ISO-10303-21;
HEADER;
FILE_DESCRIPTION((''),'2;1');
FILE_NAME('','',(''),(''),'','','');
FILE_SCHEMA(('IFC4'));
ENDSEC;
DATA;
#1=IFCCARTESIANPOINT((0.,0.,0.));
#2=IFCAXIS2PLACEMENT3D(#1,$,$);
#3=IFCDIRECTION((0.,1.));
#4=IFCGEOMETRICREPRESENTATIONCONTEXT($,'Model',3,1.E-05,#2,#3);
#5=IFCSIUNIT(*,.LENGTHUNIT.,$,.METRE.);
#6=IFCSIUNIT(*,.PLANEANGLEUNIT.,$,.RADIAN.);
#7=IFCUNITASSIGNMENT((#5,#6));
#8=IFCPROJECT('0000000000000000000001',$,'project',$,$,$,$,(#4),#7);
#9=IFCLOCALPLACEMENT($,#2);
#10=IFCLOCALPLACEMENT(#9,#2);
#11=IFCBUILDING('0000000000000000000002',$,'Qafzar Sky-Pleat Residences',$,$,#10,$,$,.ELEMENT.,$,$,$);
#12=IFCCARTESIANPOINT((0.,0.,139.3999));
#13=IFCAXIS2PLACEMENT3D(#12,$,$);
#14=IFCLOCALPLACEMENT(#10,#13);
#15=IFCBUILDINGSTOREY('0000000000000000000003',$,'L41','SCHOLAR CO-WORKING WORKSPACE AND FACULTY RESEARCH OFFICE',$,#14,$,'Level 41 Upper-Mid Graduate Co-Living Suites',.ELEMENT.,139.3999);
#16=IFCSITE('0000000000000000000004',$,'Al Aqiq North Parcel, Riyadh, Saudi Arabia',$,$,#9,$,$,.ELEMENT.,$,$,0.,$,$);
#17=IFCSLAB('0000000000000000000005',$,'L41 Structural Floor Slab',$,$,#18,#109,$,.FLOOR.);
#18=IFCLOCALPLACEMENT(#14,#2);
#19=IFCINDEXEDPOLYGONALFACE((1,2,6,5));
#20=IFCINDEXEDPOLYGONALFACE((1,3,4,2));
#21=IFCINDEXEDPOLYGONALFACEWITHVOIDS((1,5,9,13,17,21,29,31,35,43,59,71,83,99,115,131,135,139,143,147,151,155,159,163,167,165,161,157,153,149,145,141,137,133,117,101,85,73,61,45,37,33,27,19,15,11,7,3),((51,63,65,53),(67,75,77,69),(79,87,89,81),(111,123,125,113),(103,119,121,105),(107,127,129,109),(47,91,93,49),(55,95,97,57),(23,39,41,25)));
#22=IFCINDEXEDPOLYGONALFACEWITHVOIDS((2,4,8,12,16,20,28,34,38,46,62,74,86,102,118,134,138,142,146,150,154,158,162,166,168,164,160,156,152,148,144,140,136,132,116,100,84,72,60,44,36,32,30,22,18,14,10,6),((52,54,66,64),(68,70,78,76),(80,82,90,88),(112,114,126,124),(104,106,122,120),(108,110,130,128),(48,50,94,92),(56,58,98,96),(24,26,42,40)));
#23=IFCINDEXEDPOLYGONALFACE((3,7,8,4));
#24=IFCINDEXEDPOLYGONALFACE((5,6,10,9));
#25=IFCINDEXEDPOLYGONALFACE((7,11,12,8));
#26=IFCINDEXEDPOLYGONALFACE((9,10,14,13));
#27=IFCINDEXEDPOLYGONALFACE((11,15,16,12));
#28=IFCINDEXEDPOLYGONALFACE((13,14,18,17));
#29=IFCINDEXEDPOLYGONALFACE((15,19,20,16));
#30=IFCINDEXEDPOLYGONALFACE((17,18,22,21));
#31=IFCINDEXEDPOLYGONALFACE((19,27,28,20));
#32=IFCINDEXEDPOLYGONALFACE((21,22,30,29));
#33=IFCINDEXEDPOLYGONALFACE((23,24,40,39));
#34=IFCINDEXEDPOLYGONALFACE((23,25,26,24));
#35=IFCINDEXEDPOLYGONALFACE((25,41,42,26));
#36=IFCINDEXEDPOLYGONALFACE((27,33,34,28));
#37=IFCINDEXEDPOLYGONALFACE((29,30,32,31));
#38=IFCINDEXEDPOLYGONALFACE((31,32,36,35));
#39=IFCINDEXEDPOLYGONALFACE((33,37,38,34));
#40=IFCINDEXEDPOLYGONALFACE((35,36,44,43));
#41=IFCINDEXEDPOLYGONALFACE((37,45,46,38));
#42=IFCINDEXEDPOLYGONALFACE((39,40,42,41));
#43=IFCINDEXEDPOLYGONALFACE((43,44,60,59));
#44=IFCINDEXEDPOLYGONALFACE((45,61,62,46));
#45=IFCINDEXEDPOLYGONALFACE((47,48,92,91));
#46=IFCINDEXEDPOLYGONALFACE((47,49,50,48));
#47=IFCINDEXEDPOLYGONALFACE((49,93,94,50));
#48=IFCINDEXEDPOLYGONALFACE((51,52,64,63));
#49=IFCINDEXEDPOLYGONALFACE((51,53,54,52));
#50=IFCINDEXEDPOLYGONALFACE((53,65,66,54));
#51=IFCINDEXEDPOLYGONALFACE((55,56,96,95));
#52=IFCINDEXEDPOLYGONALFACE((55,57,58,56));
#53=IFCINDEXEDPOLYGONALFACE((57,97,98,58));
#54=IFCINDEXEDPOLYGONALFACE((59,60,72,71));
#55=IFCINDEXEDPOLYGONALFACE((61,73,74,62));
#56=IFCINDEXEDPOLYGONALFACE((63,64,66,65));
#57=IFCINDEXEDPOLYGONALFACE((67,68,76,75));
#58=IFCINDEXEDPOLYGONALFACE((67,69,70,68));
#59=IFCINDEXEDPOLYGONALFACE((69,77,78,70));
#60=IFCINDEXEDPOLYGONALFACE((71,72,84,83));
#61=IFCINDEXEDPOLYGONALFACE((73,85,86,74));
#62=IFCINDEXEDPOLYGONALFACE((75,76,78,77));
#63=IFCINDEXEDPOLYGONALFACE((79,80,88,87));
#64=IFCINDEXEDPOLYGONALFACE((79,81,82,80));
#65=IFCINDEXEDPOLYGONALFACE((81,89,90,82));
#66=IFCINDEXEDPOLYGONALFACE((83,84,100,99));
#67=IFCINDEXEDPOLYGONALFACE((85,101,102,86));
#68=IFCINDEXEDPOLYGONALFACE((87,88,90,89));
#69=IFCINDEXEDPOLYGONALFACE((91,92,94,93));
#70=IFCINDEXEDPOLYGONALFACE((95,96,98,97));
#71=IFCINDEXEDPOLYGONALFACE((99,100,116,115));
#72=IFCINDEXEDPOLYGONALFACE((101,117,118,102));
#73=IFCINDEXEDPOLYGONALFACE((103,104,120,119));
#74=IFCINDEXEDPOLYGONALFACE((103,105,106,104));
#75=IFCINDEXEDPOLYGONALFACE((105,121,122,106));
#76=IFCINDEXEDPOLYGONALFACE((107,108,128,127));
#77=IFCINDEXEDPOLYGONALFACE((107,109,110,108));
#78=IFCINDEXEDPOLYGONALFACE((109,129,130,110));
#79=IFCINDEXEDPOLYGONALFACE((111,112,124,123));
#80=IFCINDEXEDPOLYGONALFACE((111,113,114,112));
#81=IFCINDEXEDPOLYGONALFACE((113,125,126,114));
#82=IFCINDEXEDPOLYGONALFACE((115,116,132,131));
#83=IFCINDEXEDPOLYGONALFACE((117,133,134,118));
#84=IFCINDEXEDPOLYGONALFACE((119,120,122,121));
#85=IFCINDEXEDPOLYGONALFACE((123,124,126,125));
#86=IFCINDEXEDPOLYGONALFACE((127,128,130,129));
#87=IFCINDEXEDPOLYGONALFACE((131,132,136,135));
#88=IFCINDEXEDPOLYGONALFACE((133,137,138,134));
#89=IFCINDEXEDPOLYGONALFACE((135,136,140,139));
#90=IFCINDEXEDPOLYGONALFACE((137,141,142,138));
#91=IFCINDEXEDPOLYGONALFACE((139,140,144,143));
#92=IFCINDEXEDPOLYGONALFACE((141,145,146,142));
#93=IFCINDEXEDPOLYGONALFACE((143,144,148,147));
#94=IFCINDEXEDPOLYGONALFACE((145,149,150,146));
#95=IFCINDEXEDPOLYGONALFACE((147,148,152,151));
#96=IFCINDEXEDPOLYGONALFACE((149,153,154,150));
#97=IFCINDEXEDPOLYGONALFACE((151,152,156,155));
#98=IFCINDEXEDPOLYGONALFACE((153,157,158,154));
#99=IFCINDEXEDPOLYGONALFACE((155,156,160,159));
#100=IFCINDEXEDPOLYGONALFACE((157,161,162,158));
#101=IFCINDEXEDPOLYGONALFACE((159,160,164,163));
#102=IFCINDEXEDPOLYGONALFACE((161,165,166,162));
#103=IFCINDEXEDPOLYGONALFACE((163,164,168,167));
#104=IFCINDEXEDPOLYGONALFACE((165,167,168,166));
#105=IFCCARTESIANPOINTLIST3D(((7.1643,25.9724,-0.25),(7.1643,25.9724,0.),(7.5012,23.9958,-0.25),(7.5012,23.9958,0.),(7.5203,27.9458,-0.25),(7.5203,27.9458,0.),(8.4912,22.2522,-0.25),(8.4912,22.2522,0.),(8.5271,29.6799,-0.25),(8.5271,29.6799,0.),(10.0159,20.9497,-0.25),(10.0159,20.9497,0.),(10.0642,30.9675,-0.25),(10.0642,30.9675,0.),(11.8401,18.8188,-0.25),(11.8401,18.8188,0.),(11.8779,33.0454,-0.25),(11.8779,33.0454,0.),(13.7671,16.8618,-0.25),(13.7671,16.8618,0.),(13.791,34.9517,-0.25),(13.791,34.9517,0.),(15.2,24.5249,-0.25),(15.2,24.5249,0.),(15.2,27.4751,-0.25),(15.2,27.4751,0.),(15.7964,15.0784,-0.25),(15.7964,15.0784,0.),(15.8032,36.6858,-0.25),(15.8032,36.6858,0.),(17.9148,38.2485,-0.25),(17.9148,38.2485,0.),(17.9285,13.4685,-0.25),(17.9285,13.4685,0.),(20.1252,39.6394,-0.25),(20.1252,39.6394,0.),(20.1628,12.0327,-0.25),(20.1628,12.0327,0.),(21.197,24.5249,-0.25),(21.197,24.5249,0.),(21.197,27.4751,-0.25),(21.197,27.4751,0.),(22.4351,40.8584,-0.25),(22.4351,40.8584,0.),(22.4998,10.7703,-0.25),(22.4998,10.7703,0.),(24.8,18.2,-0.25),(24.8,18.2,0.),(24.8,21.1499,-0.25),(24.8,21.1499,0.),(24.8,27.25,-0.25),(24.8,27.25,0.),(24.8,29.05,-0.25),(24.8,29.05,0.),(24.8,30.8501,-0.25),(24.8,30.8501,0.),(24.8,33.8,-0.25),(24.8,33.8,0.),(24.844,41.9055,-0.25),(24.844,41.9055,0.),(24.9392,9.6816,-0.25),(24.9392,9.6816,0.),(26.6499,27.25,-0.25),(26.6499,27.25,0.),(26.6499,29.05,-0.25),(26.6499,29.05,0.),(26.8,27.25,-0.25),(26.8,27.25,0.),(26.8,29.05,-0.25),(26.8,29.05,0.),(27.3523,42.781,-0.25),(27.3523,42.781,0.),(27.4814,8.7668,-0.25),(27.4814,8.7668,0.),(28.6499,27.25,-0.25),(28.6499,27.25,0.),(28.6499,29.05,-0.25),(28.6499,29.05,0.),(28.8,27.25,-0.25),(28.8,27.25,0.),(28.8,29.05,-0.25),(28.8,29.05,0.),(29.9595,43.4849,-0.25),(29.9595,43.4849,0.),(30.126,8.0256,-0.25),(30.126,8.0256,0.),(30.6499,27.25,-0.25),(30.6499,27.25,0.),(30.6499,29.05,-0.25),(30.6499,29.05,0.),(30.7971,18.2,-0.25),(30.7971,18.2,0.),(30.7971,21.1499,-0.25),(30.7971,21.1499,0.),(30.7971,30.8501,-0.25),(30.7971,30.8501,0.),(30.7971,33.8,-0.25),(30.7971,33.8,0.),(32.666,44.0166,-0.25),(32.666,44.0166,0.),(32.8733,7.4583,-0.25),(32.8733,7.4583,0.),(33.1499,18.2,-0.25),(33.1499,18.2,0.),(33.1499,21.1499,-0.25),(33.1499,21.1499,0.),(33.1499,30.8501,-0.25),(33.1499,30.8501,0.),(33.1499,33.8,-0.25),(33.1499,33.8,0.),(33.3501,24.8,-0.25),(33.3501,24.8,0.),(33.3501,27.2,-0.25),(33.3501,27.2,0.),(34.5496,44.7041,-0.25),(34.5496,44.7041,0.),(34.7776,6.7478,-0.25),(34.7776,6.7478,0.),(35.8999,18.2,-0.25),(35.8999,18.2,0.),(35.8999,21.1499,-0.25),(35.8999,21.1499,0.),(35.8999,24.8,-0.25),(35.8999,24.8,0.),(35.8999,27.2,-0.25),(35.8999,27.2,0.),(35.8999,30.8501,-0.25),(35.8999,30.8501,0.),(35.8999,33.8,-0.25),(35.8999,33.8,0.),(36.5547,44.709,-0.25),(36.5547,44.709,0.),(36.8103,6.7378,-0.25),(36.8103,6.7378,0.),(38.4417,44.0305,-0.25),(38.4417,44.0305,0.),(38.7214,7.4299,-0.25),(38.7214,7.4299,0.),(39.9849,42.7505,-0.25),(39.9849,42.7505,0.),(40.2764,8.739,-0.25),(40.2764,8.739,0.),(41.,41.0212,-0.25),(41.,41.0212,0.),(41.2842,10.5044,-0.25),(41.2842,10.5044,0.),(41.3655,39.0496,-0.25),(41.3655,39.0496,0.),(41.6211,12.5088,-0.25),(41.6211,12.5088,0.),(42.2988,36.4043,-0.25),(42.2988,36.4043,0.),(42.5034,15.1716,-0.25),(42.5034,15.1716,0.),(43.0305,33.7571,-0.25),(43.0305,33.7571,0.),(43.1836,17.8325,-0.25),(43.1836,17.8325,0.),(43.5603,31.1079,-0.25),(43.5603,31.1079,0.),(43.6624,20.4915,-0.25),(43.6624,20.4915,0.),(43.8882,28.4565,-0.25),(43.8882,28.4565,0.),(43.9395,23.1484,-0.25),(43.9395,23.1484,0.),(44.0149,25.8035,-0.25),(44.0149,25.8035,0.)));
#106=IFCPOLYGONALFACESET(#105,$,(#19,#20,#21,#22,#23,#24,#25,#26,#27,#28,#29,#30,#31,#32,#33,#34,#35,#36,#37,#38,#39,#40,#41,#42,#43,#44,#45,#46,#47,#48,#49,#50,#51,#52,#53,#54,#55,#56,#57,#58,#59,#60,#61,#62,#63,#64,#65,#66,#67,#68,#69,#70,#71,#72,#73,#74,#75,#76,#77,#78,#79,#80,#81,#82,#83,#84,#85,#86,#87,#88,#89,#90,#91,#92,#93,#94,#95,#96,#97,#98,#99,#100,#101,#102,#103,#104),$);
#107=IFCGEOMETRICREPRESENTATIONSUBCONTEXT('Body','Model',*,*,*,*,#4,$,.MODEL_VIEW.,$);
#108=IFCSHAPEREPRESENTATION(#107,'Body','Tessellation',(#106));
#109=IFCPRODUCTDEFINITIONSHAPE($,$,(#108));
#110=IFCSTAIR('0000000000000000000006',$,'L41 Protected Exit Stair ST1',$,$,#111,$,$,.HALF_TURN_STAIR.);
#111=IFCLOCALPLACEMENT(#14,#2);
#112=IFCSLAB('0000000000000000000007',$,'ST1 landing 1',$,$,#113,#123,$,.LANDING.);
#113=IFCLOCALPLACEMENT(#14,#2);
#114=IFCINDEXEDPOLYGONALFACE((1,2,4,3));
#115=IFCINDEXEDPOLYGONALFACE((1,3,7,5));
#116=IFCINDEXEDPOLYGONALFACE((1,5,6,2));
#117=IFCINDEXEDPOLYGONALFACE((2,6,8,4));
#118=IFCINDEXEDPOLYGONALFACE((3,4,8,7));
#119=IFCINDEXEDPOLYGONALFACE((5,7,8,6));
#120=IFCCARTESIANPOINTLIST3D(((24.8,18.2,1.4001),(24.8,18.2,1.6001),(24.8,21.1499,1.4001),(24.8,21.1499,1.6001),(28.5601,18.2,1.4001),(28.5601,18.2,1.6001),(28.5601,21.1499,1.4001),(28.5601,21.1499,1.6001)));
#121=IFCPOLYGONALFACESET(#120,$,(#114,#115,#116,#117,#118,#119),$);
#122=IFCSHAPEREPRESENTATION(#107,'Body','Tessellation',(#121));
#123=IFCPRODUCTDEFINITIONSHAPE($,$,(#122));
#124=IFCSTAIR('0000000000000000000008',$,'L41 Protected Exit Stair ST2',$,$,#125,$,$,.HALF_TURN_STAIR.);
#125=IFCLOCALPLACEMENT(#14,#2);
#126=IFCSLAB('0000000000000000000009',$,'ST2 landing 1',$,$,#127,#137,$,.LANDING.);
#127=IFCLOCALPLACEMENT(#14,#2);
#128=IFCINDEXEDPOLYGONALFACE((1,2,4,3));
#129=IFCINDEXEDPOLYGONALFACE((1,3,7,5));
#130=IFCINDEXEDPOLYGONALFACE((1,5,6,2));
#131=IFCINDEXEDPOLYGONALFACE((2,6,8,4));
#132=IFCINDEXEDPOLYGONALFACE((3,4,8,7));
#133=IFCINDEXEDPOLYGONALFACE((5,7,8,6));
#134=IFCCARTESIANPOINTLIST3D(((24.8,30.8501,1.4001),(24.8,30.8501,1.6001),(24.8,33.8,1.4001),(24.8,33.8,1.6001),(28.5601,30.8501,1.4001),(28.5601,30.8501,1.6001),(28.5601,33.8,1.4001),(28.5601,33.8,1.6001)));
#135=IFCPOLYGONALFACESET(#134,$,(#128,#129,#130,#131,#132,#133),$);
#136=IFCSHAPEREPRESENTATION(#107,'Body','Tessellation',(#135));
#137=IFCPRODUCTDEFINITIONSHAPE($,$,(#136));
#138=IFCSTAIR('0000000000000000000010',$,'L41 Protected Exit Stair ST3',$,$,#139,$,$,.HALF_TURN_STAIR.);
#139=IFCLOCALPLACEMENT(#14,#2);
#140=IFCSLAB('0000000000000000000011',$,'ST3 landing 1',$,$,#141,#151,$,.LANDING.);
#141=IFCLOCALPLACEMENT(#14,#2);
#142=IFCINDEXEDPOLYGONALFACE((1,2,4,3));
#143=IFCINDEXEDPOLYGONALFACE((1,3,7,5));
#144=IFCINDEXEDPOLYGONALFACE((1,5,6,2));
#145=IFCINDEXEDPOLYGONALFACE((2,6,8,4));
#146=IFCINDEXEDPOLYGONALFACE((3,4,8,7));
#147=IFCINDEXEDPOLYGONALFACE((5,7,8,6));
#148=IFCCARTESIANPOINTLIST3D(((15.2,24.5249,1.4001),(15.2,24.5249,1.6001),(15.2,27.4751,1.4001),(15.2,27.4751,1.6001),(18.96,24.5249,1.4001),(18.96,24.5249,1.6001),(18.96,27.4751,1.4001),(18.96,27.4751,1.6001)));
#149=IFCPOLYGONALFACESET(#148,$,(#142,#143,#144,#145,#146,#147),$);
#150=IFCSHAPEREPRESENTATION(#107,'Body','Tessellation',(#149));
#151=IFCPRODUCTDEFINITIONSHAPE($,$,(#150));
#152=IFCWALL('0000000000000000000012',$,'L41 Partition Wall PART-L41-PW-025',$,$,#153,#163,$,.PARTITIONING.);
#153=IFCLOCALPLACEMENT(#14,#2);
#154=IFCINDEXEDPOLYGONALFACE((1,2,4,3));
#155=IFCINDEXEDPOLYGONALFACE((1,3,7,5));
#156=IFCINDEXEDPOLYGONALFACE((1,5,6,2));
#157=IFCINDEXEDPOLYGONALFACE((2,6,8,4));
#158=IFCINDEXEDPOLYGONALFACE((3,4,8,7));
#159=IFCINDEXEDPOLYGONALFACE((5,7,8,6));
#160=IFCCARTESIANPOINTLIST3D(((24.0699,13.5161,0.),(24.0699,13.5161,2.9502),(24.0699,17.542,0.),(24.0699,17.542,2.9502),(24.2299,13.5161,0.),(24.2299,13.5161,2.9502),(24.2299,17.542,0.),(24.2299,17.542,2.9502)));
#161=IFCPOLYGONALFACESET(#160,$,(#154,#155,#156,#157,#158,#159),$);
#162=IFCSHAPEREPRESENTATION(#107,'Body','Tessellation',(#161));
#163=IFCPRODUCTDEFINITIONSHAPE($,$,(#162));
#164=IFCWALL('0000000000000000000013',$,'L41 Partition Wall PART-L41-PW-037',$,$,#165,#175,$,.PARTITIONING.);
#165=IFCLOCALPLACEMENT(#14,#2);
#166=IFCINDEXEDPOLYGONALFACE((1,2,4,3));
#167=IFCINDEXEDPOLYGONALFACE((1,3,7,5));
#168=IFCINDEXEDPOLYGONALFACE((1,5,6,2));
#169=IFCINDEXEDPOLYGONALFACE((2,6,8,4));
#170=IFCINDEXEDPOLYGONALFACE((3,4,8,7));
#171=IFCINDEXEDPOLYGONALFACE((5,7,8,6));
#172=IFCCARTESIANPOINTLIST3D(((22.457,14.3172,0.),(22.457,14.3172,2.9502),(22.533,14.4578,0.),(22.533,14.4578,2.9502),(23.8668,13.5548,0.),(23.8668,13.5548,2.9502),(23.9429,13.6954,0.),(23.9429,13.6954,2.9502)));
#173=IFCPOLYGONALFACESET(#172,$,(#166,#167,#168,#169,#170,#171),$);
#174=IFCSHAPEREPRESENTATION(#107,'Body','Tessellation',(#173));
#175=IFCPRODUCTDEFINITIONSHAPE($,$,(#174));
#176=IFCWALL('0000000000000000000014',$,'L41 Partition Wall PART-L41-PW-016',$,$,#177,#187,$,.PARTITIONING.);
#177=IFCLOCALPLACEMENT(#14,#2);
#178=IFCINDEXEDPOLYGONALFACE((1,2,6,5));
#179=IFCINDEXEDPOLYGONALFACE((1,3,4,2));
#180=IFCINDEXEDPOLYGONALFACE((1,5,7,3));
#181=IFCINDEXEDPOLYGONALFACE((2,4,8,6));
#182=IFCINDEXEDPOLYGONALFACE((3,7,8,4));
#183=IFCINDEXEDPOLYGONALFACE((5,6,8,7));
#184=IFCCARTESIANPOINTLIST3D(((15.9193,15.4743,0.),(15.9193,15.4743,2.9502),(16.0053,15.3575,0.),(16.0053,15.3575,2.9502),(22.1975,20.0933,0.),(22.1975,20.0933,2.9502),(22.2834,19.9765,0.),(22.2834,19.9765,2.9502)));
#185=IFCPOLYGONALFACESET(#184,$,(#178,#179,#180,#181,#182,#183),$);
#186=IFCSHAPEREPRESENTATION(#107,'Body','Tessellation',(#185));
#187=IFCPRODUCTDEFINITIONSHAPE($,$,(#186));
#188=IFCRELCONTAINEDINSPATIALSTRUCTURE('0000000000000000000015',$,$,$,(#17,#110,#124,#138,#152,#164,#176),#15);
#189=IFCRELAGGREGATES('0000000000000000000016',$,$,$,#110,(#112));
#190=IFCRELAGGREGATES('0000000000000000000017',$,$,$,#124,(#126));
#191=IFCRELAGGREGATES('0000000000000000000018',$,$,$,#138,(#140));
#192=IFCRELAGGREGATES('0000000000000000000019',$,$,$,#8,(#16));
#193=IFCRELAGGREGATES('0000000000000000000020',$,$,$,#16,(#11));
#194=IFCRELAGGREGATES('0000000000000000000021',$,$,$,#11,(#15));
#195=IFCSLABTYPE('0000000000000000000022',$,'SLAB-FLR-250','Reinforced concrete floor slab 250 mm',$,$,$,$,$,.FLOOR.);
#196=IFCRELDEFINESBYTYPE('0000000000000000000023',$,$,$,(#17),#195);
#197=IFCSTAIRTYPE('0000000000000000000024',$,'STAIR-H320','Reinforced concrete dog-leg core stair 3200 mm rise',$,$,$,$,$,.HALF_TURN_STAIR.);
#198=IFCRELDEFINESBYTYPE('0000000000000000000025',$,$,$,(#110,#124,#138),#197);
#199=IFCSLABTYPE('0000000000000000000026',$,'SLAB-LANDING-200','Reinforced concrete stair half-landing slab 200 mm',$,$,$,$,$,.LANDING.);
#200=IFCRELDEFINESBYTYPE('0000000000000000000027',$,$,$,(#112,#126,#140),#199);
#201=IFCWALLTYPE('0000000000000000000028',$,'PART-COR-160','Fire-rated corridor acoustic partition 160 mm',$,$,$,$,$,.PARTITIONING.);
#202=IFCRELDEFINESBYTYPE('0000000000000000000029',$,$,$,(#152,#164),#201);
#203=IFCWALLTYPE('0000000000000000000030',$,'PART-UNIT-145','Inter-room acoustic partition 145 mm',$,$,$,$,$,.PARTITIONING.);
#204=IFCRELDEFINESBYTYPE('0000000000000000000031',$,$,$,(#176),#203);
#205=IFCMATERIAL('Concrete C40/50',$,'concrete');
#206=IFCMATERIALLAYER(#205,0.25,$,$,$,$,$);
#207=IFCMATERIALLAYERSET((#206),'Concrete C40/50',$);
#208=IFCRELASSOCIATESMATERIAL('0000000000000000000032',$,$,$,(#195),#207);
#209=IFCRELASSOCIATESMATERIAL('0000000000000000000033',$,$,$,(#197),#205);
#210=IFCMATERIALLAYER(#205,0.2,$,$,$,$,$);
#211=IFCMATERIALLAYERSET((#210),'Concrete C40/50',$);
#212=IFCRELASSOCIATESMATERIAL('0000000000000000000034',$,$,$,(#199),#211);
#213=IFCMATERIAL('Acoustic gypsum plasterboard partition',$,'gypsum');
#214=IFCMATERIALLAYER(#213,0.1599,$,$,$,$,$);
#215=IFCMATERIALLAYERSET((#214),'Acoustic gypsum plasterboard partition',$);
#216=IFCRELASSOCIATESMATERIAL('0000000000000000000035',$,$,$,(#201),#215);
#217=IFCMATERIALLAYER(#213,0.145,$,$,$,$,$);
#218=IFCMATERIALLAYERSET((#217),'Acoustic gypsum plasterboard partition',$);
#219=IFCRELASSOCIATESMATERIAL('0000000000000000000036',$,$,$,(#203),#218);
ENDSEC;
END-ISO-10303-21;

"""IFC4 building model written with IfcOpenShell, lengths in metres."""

from ifc_helpers import new_model, si_unit, direction, frame, frame_2d, origin, place, context, subcontext, project, spatial, polyline, rectangle, outline, extrude, material, layer, layer_set, type_object, element, aggregate, save


model = new_model("IFC4")

# Units and contexts
model_context = context("Model", 3, precision=1e-05, world=origin(), true_north=direction((0.0, 1.0)))
body_context = subcontext(model_context, "Body", "Model", "MODEL_VIEW")
ifc_project = project(units=[si_unit("LENGTHUNIT", "METRE"), si_unit("PLANEANGLEUNIT", "RADIAN")], contexts=[model_context])

# Site, building, storey
site_placement = place(None, origin())
site = spatial("IfcSite", under=ifc_project, at=site_placement, Name="Al Aqiq North Parcel, Riyadh, Saudi Arabia", CompositionType="ELEMENT", RefElevation=0.0)
building_placement = place(site_placement, origin())
building = spatial("IfcBuilding", under=site, at=building_placement, Name="Qafzar Sky-Pleat Residences", CompositionType="ELEMENT")
storey_placement = place(building_placement, frame((0.0, 0.0, 139.3999)))
storey = spatial("IfcBuildingStorey", under=building, at=storey_placement, Name="L41", Description="SCHOLAR CO-WORKING WORKSPACE AND FACULTY RESEARCH OFFICE", LongName="Level 41 Upper-Mid Graduate Co-Living Suites", CompositionType="ELEMENT", Elevation=139.3999)

# Slab
ifc_material_1 = material(Name="Concrete C40/50", Category="concrete")
ifc_layer_1 = layer(ifc_material_1, 0.25)
ifc_layer_set_1 = layer_set([ifc_layer_1], Name="Concrete C40/50")
slab_type_1 = type_object("IfcSlabType", Name="SLAB-FLR-250", Description="Reinforced concrete floor slab 250 mm", PredefinedType="FLOOR", material=ifc_layer_set_1)
slab_1_placement = place(storey_placement, frame((0.0, 0.0, -0.25)))
element("IfcSlab", 1, at=slab_1_placement, inside=storey, type_object=slab_type_1, Name="L41 Structural Floor Slab", PredefinedType="FLOOR", context=body_context, shape_type="SweptSolid", body=[
    extrude(outline(polyline([(10.0642, 30.9675), (8.5271, 29.6799), (7.5203, 27.9458), (7.1643, 25.9724), (7.5012, 23.9958), (8.4912, 22.2522), (10.0159, 20.9497), (11.8401, 18.8188), (13.7671, 16.8618), (15.7964, 15.0784), (17.9285, 13.4685), (20.1628, 12.0327), (22.4998, 10.7703), (24.9392, 9.6816), (27.4814, 8.7668), (30.126, 8.0256), (32.8733, 7.4583), (34.7776, 6.7478), (36.8103, 6.7378), (38.7214, 7.4299), (40.2764, 8.739), (41.2842, 10.5044), (41.6211, 12.5088), (42.5034, 15.1716), (43.1836, 17.8325), (43.6624, 20.4915), (43.9395, 23.1484), (44.0149, 25.8035), (43.8882, 28.4565), (43.5603, 31.1079), (43.0305, 33.7571), (42.2988, 36.4043), (41.3655, 39.0496), (41.0, 41.0212), (39.9849, 42.7505), (38.4417, 44.0305), (36.5547, 44.709), (34.5496, 44.7041), (32.666, 44.0166), (29.9595, 43.4849), (27.3523, 42.781), (24.844, 41.9055), (22.4351, 40.8584), (20.1252, 39.6394), (17.9148, 38.2485), (15.8032, 36.6858), (13.791, 34.9517), (11.8779, 33.0454), (10.0642, 30.9675)]), holes=[polyline([(30.7971, 21.1499), (24.8, 21.1499), (24.8, 18.2), (30.7971, 18.2), (30.7971, 21.1499)]), polyline([(30.7971, 33.8), (24.8, 33.8), (24.8, 30.8501), (30.7971, 30.8501), (30.7971, 33.8)]), polyline([(21.197, 27.4751), (15.2, 27.4751), (15.2, 24.5249), (21.197, 24.5249), (21.197, 27.4751)]), polyline([(24.8, 27.25), (26.6499, 27.25), (26.6499, 29.05), (24.8, 29.05), (24.8, 27.25)]), polyline([(26.8, 27.25), (28.6499, 27.25), (28.6499, 29.05), (26.8, 29.05), (26.8, 27.25)]), polyline([(28.8, 27.25), (30.6499, 27.25), (30.6499, 29.05), (28.8, 29.05), (28.8, 27.25)]), polyline([(33.1499, 18.2), (35.8999, 18.2), (35.8999, 21.1499), (33.1499, 21.1499), (33.1499, 18.2)]), polyline([(33.1499, 30.8501), (35.8999, 30.8501), (35.8999, 33.8), (33.1499, 33.8), (33.1499, 30.8501)]), polyline([(33.3501, 24.8), (35.8999, 24.8), (35.8999, 27.2), (33.3501, 27.2), (33.3501, 24.8)])]), origin(), (0.0, 0.0, 1.0), 0.25),
])

# Stairs, slabs
stair_type = type_object("IfcStairType", Name="STAIR-H320", Description="Reinforced concrete dog-leg core stair 3200 mm rise", PredefinedType="HALF_TURN_STAIR", material=ifc_material_1)
stair_1_placement = place(storey_placement, origin())
stair_1 = element("IfcStair", 2, at=stair_1_placement, inside=storey, type_object=stair_type, Name="L41 Protected Exit Stair ST1", PredefinedType="HALF_TURN_STAIR")
ifc_layer_2 = layer(ifc_material_1, 0.2)
ifc_layer_set_2 = layer_set([ifc_layer_2], Name="Concrete C40/50")
slab_type_2 = type_object("IfcSlabType", Name="SLAB-LANDING-200", Description="Reinforced concrete stair half-landing slab 200 mm", PredefinedType="LANDING", material=ifc_layer_set_2)
slab_2_placement = place(storey_placement, frame((0.0, 0.0, 1.4001)))
slab_2 = element("IfcSlab", 3, at=slab_2_placement, type_object=slab_type_2, Name="ST1 landing 1", PredefinedType="LANDING", context=body_context, shape_type="SweptSolid", body=[
    extrude(outline(polyline([(28.5601, 21.1499), (24.8, 21.1499), (24.8, 18.2), (28.5601, 18.2), (28.5601, 21.1499)])), origin(), (0.0, 0.0, 1.0), 0.2),
])
aggregate(stair_1, [slab_2])
stair_2_placement = place(storey_placement, origin())
stair_2 = element("IfcStair", 4, at=stair_2_placement, inside=storey, type_object=stair_type, Name="L41 Protected Exit Stair ST2", PredefinedType="HALF_TURN_STAIR")
slab_3_placement = place(storey_placement, frame((0.0, 0.0, 1.4001)))
slab_3 = element("IfcSlab", 5, at=slab_3_placement, type_object=slab_type_2, Name="ST2 landing 1", PredefinedType="LANDING", context=body_context, shape_type="SweptSolid", body=[
    extrude(outline(polyline([(28.5601, 33.8), (24.8, 33.8), (24.8, 30.8501), (28.5601, 30.8501), (28.5601, 33.8)])), origin(), (0.0, 0.0, 1.0), 0.2),
])
aggregate(stair_2, [slab_3])
stair_3_placement = place(storey_placement, origin())
stair_3 = element("IfcStair", 6, at=stair_3_placement, inside=storey, type_object=stair_type, Name="L41 Protected Exit Stair ST3", PredefinedType="HALF_TURN_STAIR")
slab_4_placement = place(storey_placement, frame((0.0, 0.0, 1.4001)))
slab_4 = element("IfcSlab", 7, at=slab_4_placement, type_object=slab_type_2, Name="ST3 landing 1", PredefinedType="LANDING", context=body_context, shape_type="SweptSolid", body=[
    extrude(outline(polyline([(18.96, 27.4751), (15.2, 27.4751), (15.2, 24.5249), (18.96, 24.5249), (18.96, 27.4751)])), origin(), (0.0, 0.0, 1.0), 0.2),
])
aggregate(stair_3, [slab_4])

# Walls
ifc_material_2 = material(Name="Acoustic gypsum plasterboard partition", Category="gypsum")
ifc_layer_3 = layer(ifc_material_2, 0.1599)
ifc_layer_set_3 = layer_set([ifc_layer_3], Name="Acoustic gypsum plasterboard partition")
wall_type_1 = type_object("IfcWallType", Name="PART-COR-160", Description="Fire-rated corridor acoustic partition 160 mm", PredefinedType="PARTITIONING", material=ifc_layer_set_3)
wall_1_placement = place(storey_placement, frame((24.1499, 13.5161, 0.0), z_axis=(0.0, 0.0, 1.0), x_axis=(0.0, 1.0, 0.0)))
element("IfcWall", 8, at=wall_1_placement, inside=storey, type_object=wall_type_1, Name="L41 Partition Wall PART-L41-PW-025", PredefinedType="PARTITIONING", context=body_context, shape_type="SweptSolid", body=[
    extrude(rectangle(XDim=4.0259, YDim=0.1599, at=frame_2d((2.0129, 0.0))), origin(), (0.0, 0.0, 1.0), 2.9502),
])
wall_2_placement = place(storey_placement, frame((22.4951, 14.3875, 0.0), z_axis=(0.0, 0.0, 1.0), x_axis=(0.879619, -0.47568, 0.0)))
element("IfcWall", 9, at=wall_2_placement, inside=storey, type_object=wall_type_1, Name="L41 Partition Wall PART-L41-PW-037", PredefinedType="PARTITIONING", context=body_context, shape_type="SweptSolid", body=[
    extrude(rectangle(XDim=1.6028, YDim=0.1599, at=frame_2d((0.8013, 0.0))), origin(), (0.0, 0.0, 1.0), 2.9502),
])
ifc_layer_4 = layer(ifc_material_2, 0.145)
ifc_layer_set_4 = layer_set([ifc_layer_4], Name="Acoustic gypsum plasterboard partition")
wall_type_2 = type_object("IfcWallType", Name="PART-UNIT-145", Description="Inter-room acoustic partition 145 mm", PredefinedType="PARTITIONING", material=ifc_layer_set_4)
wall_3_placement = place(storey_placement, frame((15.9624, 15.416, 0.0), z_axis=(0.0, 0.0, 1.0), x_axis=(0.805488, 0.592612, 0.0)))
element("IfcWall", 10, at=wall_3_placement, inside=storey, type_object=wall_type_2, Name="L41 Partition Wall PART-L41-PW-016", PredefinedType="PARTITIONING", context=body_context, shape_type="SweptSolid", body=[
    extrude(rectangle(XDim=7.7942, YDim=0.145, at=frame_2d((3.897, 0.0))), origin(), (0.0, 0.0, 1.0), 2.9502),
])

save(model, "model.ifc")
